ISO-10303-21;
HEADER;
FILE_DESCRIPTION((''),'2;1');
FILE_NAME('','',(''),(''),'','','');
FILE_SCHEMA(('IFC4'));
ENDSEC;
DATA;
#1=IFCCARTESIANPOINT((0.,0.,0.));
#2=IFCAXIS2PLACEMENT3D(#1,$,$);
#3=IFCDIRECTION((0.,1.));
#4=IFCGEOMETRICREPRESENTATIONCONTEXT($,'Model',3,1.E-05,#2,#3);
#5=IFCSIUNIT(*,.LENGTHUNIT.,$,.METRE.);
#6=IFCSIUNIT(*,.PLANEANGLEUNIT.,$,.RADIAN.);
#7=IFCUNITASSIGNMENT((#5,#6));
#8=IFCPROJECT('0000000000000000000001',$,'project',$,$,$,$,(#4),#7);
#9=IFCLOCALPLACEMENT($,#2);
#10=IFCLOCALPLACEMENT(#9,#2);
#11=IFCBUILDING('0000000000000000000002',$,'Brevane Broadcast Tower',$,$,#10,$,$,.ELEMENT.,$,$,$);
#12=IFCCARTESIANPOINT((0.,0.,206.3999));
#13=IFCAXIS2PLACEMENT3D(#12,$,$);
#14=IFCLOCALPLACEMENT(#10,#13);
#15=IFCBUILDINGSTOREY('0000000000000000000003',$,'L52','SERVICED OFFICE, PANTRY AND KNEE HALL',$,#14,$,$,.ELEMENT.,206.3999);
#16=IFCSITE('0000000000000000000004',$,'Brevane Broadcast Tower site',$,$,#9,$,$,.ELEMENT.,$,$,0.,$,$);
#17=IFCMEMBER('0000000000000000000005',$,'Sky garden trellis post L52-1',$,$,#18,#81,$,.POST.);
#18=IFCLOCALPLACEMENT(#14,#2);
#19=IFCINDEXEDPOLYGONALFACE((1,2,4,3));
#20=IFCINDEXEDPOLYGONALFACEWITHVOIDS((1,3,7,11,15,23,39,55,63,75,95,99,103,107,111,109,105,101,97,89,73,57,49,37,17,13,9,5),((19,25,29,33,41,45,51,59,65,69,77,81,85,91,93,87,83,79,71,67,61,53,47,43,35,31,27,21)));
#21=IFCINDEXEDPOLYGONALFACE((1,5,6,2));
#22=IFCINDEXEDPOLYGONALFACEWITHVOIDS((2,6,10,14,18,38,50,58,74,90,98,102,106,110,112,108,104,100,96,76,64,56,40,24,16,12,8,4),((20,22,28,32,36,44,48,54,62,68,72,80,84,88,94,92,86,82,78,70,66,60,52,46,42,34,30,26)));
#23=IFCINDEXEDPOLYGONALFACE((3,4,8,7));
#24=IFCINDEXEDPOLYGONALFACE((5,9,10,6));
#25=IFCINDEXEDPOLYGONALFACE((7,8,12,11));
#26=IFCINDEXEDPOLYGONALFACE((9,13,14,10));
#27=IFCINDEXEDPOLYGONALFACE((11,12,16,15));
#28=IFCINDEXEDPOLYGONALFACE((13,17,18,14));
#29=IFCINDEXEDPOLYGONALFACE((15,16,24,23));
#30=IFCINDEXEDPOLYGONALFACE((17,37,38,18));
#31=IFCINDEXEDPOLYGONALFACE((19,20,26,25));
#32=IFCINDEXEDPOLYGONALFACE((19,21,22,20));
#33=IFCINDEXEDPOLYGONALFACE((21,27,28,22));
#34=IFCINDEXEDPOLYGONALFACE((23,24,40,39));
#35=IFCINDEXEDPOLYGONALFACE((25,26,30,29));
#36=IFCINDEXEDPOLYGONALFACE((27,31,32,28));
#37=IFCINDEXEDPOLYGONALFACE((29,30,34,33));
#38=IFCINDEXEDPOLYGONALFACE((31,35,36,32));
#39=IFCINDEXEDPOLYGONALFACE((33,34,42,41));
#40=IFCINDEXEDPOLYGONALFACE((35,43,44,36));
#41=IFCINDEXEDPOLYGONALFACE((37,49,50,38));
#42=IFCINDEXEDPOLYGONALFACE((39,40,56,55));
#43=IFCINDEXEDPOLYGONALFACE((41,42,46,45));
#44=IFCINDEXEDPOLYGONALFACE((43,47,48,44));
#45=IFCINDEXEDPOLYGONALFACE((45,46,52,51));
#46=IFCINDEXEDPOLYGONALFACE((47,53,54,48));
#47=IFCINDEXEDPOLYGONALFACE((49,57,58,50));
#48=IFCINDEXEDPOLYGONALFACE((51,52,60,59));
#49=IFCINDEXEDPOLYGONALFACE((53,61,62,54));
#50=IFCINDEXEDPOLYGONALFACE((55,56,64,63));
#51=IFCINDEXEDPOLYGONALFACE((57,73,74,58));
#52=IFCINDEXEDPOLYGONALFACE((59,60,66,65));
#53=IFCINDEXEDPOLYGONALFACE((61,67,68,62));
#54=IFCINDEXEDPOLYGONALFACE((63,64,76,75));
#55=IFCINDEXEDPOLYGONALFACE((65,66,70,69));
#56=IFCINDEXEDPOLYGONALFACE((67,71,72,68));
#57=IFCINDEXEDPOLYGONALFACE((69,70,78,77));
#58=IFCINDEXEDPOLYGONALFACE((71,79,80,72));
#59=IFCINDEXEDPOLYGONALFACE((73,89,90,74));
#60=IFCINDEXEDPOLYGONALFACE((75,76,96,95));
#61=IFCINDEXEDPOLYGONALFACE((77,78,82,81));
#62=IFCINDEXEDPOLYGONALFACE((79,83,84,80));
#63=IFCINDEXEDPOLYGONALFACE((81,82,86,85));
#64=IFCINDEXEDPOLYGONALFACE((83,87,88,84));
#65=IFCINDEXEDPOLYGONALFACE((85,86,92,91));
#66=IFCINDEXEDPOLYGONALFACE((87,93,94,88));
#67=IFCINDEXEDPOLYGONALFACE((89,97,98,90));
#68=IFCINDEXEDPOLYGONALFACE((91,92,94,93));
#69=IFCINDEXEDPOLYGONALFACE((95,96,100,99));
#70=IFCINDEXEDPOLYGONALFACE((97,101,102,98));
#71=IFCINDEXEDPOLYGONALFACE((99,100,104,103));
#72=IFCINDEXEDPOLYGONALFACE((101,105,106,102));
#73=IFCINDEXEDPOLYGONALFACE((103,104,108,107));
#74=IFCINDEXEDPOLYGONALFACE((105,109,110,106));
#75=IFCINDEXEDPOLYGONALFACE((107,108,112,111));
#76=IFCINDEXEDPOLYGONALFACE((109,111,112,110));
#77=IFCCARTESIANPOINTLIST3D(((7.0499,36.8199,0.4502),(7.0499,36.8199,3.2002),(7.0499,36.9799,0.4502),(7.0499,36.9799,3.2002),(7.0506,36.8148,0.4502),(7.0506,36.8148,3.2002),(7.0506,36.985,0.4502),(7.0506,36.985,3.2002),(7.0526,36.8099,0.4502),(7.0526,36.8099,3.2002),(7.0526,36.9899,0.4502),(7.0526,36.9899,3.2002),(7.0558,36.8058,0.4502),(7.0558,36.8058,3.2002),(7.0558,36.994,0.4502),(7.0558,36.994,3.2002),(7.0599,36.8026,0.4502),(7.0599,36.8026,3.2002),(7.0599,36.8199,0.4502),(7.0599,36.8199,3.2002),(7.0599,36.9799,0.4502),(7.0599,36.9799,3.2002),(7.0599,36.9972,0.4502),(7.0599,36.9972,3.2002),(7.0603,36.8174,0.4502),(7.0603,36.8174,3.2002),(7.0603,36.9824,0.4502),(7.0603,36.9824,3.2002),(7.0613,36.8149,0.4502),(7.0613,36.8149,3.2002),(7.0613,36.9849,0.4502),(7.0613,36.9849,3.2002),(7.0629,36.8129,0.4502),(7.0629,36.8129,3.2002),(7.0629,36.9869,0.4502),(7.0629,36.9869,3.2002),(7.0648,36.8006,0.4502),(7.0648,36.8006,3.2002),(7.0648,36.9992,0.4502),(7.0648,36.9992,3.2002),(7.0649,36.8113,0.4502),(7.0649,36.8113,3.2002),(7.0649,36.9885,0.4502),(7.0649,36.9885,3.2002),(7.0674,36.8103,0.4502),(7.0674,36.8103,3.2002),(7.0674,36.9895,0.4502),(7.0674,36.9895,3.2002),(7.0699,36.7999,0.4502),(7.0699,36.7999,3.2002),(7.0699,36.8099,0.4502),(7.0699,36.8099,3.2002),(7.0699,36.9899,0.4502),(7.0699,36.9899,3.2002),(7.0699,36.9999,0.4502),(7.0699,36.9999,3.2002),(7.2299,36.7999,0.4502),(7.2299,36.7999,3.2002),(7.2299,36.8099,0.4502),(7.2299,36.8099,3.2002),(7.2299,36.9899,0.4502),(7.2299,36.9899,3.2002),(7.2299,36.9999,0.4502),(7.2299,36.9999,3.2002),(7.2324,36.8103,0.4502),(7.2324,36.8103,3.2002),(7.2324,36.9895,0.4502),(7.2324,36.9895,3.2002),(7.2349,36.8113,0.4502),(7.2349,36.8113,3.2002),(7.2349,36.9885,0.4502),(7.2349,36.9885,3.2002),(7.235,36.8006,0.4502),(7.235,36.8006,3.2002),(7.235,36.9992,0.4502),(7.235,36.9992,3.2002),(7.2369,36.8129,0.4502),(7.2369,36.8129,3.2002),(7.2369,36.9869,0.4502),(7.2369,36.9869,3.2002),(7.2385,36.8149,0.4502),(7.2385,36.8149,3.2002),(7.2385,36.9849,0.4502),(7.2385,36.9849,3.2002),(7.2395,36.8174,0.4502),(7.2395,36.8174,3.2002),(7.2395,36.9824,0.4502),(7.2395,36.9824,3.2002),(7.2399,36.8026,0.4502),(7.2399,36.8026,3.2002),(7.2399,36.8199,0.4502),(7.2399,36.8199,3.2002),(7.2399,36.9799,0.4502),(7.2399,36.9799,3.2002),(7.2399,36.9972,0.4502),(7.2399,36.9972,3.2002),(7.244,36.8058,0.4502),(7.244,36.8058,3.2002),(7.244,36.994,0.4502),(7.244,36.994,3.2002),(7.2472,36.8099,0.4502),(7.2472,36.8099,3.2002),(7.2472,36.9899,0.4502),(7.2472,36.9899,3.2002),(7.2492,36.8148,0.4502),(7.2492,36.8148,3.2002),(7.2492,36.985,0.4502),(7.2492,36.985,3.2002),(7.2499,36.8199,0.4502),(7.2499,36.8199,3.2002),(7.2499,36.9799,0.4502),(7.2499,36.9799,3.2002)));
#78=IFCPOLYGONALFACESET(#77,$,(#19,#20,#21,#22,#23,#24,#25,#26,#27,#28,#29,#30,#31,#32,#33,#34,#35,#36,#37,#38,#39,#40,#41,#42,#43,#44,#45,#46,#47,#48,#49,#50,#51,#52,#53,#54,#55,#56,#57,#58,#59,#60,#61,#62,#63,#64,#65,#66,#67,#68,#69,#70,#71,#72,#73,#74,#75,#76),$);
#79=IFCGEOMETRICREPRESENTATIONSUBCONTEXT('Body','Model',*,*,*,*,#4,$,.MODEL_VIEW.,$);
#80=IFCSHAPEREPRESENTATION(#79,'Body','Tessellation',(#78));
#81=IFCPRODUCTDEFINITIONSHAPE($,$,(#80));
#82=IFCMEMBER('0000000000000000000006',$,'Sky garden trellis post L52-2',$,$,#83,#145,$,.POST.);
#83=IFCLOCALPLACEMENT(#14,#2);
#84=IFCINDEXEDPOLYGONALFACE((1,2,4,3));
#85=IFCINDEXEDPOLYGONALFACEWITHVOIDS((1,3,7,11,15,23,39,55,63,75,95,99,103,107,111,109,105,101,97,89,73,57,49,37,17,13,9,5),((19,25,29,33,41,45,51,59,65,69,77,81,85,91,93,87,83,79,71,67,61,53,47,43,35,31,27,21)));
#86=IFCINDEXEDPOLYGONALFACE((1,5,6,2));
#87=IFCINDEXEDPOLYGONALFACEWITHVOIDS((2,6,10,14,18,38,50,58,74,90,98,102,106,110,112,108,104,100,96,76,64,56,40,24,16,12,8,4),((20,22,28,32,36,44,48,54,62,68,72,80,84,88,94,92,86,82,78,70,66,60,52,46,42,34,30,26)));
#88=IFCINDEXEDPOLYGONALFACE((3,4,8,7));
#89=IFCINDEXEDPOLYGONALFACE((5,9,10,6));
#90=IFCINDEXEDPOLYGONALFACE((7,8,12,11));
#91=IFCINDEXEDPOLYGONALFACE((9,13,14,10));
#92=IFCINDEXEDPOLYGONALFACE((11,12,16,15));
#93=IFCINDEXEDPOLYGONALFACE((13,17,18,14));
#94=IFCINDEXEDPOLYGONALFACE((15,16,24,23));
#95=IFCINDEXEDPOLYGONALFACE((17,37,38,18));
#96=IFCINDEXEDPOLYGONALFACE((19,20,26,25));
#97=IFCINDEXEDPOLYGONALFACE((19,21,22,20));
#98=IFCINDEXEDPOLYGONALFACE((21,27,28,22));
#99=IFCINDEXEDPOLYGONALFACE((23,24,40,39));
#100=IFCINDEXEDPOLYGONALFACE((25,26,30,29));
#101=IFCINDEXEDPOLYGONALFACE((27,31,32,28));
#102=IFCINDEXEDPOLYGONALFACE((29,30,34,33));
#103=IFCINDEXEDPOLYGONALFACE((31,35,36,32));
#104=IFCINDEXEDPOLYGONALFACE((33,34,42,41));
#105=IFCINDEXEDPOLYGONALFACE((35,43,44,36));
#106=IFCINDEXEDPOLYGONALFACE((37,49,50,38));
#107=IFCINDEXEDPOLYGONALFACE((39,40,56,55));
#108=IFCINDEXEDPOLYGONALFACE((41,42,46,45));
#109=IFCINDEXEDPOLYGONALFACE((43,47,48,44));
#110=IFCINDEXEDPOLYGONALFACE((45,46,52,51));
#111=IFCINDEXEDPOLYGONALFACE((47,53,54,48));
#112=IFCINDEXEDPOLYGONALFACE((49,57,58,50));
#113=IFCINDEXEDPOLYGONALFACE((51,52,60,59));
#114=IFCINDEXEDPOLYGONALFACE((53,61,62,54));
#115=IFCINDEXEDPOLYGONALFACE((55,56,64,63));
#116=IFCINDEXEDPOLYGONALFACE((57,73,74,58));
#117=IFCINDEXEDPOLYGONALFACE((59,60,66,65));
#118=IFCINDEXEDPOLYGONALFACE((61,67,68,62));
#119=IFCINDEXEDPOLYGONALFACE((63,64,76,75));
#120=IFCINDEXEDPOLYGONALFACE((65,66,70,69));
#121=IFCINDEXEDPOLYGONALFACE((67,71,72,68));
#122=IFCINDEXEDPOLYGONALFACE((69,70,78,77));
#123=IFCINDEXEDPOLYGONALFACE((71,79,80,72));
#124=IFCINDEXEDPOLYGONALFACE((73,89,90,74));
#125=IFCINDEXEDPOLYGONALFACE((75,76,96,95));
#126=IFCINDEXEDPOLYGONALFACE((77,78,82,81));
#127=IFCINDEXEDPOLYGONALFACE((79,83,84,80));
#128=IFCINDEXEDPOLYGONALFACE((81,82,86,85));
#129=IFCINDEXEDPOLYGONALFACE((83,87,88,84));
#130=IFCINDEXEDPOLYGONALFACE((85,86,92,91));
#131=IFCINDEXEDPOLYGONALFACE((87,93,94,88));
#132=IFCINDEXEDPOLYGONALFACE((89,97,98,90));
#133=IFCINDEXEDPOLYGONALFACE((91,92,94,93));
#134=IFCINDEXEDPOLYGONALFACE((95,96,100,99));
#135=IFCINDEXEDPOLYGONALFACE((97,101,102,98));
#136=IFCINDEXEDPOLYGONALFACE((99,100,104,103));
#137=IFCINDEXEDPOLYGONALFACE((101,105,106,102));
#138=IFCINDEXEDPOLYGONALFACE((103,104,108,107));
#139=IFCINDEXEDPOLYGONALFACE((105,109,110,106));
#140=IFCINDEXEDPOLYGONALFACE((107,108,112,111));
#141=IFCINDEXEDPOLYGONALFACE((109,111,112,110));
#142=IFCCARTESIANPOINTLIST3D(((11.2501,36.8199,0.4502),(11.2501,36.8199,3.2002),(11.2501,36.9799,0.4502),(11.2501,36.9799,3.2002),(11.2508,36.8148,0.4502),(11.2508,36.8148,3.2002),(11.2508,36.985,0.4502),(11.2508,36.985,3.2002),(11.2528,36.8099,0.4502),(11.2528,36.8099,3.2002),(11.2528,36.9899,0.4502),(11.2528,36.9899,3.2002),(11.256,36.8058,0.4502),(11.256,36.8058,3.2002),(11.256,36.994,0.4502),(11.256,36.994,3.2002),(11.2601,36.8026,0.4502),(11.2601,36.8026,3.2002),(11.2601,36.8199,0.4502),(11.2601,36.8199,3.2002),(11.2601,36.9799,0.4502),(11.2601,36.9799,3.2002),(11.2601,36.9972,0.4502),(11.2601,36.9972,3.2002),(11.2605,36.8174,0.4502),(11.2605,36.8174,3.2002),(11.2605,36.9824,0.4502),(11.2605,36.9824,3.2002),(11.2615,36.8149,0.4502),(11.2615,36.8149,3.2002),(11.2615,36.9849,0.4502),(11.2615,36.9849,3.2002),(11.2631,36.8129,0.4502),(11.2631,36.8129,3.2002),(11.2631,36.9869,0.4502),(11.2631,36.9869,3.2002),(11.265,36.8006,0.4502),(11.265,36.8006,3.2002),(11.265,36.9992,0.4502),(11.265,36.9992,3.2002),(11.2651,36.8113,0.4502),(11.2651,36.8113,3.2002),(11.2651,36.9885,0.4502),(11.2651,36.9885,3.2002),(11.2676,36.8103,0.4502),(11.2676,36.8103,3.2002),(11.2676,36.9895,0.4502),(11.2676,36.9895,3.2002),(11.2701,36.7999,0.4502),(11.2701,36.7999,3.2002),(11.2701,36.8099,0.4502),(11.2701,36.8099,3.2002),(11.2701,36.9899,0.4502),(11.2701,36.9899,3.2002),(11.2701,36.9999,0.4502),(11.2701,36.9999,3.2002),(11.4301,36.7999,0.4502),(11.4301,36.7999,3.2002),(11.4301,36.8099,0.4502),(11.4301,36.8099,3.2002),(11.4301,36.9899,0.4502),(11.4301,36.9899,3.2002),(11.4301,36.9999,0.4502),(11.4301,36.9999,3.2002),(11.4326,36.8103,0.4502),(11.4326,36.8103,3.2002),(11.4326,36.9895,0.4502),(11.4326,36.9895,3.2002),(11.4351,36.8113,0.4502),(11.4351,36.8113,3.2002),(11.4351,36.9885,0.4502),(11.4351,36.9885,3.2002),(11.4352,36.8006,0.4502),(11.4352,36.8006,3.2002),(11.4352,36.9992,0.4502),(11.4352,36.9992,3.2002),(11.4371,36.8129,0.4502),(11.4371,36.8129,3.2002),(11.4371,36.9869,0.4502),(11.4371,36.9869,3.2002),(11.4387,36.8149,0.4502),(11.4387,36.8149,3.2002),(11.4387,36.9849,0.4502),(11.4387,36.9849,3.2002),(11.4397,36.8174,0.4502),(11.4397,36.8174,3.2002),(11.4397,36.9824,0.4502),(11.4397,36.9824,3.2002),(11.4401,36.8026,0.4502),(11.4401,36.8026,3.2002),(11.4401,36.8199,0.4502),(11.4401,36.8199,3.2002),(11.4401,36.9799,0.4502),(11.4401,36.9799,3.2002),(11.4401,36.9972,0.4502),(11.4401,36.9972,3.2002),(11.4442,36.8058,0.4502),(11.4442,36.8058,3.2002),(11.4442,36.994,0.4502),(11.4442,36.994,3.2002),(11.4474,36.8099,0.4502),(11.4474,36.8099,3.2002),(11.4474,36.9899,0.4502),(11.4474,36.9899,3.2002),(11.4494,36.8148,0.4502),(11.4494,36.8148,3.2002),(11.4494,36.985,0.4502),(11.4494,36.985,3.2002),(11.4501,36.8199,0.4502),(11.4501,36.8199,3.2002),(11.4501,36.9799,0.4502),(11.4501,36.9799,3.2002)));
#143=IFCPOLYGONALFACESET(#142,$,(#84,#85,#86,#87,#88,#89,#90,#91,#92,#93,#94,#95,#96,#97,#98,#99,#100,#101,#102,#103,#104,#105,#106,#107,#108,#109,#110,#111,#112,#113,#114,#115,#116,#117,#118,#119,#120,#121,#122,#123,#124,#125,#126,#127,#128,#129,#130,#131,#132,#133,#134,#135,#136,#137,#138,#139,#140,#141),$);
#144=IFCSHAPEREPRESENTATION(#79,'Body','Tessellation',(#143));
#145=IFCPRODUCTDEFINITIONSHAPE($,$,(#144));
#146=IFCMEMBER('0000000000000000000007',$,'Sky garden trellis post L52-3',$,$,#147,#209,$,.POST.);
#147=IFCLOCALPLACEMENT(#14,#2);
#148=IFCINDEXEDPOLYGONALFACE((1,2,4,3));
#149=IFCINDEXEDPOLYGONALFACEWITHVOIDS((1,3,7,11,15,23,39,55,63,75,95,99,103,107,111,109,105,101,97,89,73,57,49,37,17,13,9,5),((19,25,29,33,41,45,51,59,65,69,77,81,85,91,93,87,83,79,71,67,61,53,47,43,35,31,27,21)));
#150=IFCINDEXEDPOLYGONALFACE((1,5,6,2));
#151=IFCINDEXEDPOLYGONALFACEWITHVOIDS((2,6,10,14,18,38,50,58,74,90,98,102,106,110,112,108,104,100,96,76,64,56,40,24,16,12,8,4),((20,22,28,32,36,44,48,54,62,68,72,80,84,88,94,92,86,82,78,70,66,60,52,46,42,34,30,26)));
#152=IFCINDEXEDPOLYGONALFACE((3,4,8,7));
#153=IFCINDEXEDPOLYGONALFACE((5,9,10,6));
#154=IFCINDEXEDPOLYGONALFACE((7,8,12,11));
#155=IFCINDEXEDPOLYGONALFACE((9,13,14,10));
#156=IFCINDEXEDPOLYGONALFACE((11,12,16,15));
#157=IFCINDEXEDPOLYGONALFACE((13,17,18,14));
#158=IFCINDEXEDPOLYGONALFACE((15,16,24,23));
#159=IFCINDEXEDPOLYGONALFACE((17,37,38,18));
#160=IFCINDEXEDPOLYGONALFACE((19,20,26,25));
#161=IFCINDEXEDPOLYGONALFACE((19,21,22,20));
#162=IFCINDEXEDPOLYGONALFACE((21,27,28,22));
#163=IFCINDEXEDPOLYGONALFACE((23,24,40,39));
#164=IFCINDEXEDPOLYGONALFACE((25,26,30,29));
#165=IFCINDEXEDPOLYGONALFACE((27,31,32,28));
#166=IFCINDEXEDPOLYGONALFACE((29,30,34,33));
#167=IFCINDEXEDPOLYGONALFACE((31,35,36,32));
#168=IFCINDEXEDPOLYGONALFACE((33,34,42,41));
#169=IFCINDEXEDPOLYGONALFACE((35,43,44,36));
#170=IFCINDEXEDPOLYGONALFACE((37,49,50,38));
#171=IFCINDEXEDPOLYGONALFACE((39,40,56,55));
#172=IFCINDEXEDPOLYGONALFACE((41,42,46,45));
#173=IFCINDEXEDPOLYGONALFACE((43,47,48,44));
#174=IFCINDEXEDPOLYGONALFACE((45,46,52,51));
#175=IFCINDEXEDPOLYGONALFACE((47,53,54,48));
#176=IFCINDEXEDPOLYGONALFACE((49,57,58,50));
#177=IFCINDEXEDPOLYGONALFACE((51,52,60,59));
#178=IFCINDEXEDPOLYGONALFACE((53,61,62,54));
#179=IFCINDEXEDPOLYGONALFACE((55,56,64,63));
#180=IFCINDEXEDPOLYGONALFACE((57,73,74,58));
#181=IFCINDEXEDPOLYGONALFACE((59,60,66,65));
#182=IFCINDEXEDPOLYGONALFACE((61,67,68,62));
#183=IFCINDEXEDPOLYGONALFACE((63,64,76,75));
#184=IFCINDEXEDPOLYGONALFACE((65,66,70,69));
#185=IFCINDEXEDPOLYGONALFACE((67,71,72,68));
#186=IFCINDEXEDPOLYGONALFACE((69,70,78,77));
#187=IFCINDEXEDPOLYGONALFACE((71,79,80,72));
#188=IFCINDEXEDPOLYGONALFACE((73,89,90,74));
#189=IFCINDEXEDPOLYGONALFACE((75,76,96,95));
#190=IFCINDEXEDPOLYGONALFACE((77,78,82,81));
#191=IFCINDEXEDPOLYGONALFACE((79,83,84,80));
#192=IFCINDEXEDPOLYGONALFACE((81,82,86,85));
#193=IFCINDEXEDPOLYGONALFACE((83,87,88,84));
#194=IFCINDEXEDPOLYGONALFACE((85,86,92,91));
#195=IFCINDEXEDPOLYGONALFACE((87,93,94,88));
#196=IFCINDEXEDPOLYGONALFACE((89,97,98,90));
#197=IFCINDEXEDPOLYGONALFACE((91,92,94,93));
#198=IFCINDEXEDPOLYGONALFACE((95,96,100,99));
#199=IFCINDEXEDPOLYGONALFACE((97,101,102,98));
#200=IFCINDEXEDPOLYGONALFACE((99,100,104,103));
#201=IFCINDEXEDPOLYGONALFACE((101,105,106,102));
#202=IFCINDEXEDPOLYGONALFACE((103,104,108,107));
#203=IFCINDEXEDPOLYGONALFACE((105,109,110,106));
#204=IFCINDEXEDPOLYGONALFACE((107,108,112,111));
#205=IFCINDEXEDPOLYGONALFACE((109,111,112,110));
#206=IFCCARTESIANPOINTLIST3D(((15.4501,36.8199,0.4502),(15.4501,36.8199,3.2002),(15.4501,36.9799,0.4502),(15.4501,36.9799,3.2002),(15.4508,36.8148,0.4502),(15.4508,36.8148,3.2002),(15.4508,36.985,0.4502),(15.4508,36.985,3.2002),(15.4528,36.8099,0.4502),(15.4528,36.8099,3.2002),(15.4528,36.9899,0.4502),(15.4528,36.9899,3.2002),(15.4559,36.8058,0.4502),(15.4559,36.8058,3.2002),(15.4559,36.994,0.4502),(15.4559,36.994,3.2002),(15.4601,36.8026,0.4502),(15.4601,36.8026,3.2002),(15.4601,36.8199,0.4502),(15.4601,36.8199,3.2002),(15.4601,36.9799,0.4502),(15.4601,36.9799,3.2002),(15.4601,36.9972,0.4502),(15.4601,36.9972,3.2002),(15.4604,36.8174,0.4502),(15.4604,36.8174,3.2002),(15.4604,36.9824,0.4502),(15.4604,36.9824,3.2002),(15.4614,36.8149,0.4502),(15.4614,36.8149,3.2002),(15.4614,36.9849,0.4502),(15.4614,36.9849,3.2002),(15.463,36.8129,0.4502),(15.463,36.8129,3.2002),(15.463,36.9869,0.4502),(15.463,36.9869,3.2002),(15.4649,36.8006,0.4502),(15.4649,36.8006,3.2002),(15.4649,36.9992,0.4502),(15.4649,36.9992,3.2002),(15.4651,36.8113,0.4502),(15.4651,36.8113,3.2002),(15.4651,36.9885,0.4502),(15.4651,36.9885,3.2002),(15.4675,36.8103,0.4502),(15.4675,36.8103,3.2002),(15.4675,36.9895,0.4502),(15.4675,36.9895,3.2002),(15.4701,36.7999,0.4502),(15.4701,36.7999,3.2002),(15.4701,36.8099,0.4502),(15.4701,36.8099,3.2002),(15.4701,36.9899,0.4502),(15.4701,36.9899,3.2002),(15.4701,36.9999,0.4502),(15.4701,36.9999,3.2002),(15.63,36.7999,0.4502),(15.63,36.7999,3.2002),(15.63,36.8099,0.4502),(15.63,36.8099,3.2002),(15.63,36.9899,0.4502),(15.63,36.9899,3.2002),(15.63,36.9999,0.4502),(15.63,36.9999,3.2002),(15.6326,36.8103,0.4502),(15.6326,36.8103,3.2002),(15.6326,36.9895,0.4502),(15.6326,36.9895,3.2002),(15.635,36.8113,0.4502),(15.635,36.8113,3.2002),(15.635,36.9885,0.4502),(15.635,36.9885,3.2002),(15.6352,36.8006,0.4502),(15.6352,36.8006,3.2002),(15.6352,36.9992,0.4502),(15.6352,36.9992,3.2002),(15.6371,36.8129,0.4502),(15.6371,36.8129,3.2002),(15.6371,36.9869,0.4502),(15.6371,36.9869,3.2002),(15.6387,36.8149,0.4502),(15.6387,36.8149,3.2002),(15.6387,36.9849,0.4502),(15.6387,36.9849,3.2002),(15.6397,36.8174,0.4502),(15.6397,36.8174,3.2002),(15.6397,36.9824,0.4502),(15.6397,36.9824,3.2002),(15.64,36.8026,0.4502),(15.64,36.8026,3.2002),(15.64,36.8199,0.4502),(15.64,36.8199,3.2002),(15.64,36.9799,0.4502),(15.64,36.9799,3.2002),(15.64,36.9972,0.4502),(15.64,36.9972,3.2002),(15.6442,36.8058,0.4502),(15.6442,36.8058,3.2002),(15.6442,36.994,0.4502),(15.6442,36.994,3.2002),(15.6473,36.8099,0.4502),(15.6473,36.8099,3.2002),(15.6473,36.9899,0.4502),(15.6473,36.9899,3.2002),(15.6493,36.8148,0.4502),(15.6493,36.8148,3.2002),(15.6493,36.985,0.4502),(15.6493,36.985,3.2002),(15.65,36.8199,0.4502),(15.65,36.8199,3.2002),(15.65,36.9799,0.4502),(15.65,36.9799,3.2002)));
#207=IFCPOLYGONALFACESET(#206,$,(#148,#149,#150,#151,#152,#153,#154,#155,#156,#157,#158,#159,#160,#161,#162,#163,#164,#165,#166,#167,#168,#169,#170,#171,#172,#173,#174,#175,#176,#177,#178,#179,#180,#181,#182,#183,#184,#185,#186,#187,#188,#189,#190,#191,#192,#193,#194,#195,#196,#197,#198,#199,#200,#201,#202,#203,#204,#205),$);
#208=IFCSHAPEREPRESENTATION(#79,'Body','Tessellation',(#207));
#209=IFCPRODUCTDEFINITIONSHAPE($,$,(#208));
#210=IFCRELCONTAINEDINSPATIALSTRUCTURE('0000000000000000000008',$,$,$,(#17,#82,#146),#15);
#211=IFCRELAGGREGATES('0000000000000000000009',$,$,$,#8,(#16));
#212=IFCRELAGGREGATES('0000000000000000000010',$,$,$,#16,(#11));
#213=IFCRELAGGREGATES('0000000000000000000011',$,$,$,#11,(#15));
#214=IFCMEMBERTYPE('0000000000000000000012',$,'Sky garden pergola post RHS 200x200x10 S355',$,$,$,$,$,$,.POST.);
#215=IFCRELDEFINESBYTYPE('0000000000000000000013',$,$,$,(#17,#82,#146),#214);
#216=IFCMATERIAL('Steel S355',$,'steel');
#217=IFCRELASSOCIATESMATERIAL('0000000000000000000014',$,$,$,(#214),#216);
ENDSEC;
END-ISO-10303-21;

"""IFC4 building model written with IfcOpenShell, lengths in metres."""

from ifc_helpers import new_model, si_unit, direction, frame, origin, origin_2d, place, context, subcontext, project, spatial, hollow_rectangle, extrude, material, material_profile, profile_set, type_object, element, save


model = new_model("IFC4")

# Units and contexts
model_context = context("Model", 3, precision=1e-05, world=origin(), true_north=direction((0.0, 1.0)))
body_context = subcontext(model_context, "Body", "Model", "MODEL_VIEW")
ifc_project = project(units=[si_unit("LENGTHUNIT", "METRE"), si_unit("PLANEANGLEUNIT", "RADIAN")], contexts=[model_context])

# Site, building, storey
site_placement = place(None, origin())
site = spatial("IfcSite", under=ifc_project, at=site_placement, Name="Brevane Broadcast Tower site", CompositionType="ELEMENT", RefElevation=0.0)
building_placement = place(site_placement, origin())
building = spatial("IfcBuilding", under=site, at=building_placement, Name="Brevane Broadcast Tower", CompositionType="ELEMENT")
storey_placement = place(building_placement, frame((0.0, 0.0, 206.3999)))
storey = spatial("IfcBuildingStorey", under=building, at=storey_placement, Name="L52", Description="SERVICED OFFICE, PANTRY AND KNEE HALL", CompositionType="ELEMENT", Elevation=206.3999)

# Members
ifc_material_1 = material(Name="Steel S355", Category="steel")
ifc_material_profile_1 = material_profile(ifc_material_1, hollow_rectangle(XDim=0.2, YDim=0.2, WallThickness=0.01, InnerFilletRadius=0.01, OuterFilletRadius=0.02, at=origin_2d()), Name="RHS 200x200x10")
ifc_profile_set_1 = profile_set([ifc_material_profile_1], Name="Steel S355")
member_type_1 = type_object("IfcMemberType", Name="Sky garden pergola post RHS 200x200x10 S355", PredefinedType="POST", material=ifc_profile_set_1)
for number, where, z_axis, x_axis, name in (
    (1, (7.1499, 36.8999, 0.4502), (0.0, 0.0, 1.0), (1.0, 0.0, 0.0), "Sky garden trellis post L52-1"),
    (2, (11.3501, 36.8999, 0.4502), (0.0, 0.0, 1.0), (1.0, 0.0, 0.0), "Sky garden trellis post L52-2"),
    (3, (15.55, 36.8999, 0.4502), (0.0, 0.0, 1.0), (1.0, 0.0, 0.0), "Sky garden trellis post L52-3"),
):
    element("IfcMember", number, at=place(storey_placement, frame(where, z_axis=z_axis, x_axis=x_axis)), inside=storey, type_object=member_type_1, Name=name, PredefinedType="POST", context=body_context, shape_type="SweptSolid", body=[
        extrude(hollow_rectangle(XDim=0.2, YDim=0.2, WallThickness=0.01, InnerFilletRadius=0.01, OuterFilletRadius=0.02, at=origin_2d()), origin(), (0.0, 0.0, 1.0), 2.75),
    ])

save(model, "model.ifc")
